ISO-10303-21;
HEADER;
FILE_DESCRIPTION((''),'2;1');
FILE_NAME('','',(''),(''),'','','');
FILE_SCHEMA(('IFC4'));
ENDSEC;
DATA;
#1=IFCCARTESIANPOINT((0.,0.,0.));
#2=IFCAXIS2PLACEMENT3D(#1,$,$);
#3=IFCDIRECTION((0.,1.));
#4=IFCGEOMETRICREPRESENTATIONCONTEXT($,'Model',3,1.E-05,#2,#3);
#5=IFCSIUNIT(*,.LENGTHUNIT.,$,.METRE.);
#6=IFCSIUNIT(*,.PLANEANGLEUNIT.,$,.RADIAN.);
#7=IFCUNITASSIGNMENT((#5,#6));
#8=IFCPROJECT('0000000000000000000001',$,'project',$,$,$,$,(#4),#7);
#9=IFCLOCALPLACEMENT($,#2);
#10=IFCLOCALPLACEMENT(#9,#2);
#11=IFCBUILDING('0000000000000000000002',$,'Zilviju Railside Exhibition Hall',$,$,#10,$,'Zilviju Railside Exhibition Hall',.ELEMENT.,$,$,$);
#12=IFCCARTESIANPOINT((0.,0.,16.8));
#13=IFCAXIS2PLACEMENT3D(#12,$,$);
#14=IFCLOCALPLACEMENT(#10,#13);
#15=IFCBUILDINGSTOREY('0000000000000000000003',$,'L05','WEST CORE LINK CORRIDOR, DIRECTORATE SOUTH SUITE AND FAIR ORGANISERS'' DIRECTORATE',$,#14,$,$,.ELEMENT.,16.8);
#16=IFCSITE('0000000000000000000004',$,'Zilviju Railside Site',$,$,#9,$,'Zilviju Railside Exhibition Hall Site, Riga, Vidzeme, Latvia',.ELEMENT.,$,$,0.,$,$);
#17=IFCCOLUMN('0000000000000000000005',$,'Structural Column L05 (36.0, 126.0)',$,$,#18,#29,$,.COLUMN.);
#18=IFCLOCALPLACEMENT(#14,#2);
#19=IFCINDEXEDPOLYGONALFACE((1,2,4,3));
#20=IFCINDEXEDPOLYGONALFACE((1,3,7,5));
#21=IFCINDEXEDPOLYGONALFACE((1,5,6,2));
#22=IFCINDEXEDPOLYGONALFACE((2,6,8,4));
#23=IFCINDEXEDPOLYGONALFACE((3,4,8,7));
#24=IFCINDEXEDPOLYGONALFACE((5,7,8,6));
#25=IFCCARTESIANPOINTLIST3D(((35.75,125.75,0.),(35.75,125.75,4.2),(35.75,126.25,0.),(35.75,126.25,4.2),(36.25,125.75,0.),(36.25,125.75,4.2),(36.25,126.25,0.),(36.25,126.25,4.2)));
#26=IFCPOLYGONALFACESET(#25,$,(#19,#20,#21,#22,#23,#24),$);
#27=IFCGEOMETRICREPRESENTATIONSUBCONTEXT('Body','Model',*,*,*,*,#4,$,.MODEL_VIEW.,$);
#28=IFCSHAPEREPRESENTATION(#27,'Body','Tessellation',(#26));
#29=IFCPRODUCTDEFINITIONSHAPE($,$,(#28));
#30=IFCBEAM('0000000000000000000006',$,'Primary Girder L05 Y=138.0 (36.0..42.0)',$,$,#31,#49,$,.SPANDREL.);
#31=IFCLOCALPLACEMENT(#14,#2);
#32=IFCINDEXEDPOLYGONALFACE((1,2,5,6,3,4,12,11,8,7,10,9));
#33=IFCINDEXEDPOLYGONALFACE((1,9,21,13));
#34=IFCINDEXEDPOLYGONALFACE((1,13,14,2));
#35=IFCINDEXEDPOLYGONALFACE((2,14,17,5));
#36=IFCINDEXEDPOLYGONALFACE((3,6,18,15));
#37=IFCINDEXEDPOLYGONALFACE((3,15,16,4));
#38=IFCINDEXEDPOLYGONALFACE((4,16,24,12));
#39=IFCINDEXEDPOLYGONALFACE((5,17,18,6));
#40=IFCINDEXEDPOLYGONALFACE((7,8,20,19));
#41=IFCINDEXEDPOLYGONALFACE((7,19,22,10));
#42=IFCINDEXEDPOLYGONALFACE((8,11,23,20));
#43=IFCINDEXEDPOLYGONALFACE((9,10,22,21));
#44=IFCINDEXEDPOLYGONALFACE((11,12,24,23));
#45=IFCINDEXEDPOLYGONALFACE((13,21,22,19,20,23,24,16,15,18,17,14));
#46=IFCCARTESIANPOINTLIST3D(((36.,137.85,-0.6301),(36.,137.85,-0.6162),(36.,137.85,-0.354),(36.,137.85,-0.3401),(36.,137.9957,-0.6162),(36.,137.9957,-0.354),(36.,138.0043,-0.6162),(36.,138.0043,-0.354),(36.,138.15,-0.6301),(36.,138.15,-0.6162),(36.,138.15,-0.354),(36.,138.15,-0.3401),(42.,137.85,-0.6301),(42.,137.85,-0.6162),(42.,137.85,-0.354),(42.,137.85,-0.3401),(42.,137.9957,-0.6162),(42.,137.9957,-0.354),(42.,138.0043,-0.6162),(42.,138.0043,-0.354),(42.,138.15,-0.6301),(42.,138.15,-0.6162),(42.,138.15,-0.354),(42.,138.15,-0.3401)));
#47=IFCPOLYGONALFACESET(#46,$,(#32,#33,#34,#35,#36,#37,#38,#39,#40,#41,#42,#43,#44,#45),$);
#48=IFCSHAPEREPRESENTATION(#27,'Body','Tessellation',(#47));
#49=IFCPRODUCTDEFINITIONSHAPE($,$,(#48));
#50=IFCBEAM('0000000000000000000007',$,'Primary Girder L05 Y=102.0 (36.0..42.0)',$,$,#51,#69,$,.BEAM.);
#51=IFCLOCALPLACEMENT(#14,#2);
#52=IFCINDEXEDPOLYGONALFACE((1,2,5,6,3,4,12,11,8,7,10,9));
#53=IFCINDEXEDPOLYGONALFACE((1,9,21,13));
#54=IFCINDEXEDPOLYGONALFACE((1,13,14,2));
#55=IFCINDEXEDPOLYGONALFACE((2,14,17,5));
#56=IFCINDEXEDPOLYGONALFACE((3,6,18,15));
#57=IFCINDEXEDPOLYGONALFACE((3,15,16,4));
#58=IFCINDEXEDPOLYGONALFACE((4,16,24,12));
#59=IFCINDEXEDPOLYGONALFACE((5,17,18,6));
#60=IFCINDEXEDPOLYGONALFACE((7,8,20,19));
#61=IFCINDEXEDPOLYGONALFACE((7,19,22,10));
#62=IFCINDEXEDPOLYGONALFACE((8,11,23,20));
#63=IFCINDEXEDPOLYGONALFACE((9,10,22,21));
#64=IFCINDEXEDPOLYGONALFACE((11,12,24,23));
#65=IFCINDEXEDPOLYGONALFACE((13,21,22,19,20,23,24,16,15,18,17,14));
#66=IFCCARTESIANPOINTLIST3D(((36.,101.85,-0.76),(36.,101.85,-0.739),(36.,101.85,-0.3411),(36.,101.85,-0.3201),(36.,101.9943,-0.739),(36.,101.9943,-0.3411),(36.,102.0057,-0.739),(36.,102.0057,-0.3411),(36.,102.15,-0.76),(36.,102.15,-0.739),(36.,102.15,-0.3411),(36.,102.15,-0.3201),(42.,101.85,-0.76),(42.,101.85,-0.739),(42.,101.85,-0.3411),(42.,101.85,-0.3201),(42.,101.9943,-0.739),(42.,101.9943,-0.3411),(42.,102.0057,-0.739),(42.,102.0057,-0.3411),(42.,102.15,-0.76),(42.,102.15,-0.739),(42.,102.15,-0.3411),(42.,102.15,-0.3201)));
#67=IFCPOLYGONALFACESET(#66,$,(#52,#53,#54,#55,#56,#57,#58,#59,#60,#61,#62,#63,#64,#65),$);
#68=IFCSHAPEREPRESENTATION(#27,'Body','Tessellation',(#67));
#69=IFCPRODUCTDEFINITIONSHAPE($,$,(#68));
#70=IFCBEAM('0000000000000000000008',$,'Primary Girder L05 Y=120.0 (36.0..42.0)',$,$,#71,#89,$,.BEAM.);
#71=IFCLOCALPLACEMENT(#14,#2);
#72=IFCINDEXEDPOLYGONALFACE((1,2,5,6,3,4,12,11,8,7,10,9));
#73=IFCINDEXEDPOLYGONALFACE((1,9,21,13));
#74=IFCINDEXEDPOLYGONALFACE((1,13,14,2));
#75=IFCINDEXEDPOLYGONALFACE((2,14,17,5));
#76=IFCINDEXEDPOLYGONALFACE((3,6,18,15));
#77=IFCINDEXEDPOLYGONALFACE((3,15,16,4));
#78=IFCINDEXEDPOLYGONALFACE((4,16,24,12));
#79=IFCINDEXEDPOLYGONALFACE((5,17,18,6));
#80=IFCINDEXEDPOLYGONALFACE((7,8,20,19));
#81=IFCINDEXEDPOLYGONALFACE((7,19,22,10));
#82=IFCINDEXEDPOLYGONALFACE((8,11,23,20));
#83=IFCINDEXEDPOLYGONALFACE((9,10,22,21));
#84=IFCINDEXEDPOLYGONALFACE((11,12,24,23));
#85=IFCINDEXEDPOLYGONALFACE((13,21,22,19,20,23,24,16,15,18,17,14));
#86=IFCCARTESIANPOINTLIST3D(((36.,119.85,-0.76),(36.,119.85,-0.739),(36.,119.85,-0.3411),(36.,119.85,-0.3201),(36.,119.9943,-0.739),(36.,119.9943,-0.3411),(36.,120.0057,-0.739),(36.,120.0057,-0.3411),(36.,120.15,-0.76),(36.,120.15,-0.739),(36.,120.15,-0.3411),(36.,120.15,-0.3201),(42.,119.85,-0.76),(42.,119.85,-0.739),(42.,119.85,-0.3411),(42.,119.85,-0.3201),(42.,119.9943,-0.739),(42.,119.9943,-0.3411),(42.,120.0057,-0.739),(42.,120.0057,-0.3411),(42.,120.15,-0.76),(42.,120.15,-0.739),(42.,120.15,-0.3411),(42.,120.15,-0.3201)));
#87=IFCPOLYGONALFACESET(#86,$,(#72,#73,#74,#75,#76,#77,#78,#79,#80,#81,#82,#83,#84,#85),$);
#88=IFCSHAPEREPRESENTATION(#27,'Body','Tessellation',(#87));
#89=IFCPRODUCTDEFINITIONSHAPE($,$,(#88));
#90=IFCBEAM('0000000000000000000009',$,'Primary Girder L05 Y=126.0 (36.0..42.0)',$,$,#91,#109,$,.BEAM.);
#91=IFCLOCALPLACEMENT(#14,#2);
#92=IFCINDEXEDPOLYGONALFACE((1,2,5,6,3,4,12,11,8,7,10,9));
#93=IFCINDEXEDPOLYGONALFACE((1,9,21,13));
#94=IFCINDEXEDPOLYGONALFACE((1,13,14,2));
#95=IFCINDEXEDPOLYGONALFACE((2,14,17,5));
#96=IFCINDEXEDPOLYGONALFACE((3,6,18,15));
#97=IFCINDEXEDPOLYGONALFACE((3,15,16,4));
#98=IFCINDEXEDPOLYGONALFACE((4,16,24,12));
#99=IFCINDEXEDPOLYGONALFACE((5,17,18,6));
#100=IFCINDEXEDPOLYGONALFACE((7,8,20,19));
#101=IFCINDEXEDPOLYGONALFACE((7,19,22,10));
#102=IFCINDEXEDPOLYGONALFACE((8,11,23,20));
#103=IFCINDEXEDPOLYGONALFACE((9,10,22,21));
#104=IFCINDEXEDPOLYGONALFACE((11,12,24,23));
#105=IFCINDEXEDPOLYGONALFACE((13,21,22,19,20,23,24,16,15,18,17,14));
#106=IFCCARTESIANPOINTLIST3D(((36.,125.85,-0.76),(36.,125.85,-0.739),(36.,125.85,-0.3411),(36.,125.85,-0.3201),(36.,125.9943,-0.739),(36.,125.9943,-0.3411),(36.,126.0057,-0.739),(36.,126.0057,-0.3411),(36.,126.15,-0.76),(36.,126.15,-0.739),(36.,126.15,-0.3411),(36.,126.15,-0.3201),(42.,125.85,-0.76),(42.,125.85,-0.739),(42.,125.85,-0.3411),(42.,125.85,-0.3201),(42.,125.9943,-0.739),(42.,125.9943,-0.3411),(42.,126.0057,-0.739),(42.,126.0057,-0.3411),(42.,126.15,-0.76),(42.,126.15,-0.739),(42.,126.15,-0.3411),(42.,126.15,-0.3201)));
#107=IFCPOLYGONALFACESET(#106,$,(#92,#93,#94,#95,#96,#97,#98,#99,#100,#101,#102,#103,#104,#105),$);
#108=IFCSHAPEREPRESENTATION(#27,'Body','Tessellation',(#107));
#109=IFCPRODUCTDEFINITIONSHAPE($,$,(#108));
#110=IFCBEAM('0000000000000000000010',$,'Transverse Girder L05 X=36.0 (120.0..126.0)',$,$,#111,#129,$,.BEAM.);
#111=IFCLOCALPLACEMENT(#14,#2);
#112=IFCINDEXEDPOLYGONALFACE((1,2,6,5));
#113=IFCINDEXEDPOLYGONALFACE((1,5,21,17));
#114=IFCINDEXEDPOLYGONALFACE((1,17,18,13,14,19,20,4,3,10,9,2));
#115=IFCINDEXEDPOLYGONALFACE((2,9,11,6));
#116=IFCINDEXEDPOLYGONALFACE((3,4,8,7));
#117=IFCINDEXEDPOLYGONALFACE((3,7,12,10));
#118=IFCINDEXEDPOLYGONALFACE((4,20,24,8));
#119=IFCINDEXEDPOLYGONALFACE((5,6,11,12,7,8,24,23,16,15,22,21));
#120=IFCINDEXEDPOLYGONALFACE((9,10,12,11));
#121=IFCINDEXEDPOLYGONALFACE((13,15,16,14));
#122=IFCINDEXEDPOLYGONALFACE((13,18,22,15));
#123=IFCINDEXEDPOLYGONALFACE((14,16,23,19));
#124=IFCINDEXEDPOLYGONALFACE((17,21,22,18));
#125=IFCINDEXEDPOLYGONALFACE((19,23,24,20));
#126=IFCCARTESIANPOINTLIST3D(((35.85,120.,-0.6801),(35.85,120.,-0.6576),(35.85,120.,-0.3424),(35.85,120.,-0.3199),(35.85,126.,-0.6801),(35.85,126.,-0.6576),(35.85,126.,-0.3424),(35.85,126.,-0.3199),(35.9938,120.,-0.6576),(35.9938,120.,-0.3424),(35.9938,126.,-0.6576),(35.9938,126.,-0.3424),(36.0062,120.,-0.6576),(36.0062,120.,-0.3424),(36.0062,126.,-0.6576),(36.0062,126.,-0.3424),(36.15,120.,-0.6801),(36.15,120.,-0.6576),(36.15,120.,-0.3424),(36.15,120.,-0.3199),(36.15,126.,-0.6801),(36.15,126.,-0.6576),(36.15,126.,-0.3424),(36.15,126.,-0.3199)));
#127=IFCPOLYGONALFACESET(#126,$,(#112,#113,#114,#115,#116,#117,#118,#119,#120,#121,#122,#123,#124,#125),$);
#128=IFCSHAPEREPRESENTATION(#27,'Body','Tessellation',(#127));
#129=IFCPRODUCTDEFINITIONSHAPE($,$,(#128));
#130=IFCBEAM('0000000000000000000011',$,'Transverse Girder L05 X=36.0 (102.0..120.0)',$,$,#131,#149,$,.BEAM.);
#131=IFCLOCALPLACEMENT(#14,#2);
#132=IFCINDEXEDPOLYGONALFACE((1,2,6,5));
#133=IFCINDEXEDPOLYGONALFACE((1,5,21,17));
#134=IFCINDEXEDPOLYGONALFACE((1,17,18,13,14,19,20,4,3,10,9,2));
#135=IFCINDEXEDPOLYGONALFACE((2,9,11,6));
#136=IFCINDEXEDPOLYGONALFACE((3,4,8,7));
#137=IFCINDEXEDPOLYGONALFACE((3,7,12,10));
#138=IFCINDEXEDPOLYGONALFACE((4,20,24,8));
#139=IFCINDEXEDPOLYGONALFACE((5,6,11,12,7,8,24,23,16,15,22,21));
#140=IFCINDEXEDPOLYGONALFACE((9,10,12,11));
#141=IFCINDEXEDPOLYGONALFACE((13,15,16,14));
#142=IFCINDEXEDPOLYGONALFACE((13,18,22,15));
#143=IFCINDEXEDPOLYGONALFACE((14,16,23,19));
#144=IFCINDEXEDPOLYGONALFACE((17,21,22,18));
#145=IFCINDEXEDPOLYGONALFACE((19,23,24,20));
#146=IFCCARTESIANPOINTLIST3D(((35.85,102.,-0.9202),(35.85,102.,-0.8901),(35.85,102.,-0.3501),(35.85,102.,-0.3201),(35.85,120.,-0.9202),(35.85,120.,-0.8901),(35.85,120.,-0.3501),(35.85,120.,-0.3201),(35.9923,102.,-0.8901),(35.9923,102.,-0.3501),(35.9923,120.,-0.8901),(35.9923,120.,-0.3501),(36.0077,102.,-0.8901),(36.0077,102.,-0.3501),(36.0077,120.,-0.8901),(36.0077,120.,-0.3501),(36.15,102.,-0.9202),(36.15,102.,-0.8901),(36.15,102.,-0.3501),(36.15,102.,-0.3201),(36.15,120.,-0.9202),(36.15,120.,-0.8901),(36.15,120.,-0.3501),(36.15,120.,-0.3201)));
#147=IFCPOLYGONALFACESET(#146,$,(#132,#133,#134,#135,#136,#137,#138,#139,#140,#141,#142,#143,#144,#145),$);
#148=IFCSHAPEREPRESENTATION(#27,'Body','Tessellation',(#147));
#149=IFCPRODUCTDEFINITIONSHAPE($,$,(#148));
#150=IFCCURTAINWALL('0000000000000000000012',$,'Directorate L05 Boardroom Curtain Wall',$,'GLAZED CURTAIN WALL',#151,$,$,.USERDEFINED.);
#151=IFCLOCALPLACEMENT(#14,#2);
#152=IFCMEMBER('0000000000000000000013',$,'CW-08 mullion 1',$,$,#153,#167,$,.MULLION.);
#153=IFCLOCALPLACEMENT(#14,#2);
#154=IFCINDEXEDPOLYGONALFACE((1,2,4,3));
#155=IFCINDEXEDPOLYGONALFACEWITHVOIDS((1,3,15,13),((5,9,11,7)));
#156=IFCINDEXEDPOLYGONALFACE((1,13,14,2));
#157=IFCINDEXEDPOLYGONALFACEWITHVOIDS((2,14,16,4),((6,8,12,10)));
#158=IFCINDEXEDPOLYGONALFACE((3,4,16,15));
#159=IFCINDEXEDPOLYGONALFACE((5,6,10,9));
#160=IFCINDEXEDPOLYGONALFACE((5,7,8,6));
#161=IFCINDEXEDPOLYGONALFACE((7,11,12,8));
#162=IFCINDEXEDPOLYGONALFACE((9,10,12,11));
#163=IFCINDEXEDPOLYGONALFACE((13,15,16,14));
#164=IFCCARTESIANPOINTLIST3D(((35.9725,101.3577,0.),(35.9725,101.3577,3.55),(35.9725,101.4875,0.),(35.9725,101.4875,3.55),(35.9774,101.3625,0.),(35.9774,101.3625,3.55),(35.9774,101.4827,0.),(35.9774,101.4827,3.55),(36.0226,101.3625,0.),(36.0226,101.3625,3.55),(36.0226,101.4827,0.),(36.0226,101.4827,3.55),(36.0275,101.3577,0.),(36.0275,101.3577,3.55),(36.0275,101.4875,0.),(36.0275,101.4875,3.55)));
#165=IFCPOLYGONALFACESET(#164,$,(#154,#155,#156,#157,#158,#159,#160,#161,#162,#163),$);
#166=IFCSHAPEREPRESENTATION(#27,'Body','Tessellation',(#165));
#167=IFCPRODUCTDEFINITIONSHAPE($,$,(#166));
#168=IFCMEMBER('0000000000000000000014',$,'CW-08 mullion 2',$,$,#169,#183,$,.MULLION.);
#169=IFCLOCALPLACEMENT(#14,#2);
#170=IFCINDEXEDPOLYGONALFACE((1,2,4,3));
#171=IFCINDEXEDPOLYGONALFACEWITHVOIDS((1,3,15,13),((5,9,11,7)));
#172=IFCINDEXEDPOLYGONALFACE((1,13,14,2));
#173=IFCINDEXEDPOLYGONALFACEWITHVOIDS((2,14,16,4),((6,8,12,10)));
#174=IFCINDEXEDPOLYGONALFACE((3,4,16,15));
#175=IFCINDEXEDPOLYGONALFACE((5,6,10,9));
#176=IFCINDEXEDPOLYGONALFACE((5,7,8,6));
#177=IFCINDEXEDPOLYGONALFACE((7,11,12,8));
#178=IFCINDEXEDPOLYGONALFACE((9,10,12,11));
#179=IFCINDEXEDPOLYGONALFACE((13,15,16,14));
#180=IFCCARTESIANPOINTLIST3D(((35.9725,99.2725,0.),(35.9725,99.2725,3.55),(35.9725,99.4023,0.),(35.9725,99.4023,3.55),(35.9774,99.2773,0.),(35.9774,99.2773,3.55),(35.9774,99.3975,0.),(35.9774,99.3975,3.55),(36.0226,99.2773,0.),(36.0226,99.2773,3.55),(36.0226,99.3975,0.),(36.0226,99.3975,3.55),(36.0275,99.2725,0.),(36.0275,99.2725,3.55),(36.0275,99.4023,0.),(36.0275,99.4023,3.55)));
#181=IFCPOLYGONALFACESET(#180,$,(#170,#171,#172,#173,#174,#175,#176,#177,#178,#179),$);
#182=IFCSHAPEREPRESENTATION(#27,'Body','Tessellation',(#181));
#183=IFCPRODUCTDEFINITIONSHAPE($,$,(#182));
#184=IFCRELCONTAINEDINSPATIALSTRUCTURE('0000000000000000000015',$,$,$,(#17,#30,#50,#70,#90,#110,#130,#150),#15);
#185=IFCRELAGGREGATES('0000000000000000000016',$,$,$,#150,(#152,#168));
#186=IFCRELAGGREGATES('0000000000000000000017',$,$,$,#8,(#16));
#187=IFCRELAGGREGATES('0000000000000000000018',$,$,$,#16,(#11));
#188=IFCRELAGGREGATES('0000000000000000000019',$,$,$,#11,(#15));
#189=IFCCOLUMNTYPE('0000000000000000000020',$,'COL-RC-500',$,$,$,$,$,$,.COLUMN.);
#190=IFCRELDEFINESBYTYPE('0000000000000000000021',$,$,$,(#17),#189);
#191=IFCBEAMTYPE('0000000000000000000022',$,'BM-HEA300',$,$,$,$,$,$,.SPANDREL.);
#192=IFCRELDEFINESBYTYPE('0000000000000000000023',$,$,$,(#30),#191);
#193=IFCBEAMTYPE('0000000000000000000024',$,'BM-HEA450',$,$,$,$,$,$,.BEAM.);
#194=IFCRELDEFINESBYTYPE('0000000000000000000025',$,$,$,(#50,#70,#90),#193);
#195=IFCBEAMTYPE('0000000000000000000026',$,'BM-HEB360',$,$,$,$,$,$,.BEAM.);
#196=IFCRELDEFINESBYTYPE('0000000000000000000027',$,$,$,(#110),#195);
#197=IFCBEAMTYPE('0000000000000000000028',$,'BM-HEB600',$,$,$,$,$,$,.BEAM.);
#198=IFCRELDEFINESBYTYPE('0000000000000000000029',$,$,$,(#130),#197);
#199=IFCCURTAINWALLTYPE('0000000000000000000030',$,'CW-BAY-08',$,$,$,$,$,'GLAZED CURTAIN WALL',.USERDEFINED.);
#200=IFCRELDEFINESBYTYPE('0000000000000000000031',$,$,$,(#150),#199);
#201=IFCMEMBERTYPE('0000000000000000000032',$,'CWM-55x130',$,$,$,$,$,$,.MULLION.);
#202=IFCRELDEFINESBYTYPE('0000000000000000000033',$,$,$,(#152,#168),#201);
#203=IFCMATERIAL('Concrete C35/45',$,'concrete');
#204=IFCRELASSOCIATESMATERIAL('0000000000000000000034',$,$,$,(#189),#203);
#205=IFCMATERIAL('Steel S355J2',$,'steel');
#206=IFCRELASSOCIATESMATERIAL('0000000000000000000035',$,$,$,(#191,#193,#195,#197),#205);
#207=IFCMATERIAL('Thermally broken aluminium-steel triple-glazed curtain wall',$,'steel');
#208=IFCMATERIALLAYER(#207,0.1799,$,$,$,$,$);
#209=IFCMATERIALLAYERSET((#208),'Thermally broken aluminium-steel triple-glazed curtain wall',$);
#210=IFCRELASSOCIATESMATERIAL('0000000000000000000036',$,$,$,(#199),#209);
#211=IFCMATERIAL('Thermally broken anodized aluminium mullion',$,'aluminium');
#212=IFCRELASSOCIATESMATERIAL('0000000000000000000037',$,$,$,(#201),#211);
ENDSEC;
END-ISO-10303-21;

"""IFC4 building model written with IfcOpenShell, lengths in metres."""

from ifc_helpers import new_model, si_unit, direction, frame, origin, origin_2d, place, context, subcontext, project, spatial, rectangle, hollow_rectangle, i_section, extrude, material, layer, layer_set, material_profile, profile_set, type_object, element, aggregate, save


model = new_model("IFC4")

# Units and contexts
model_context = context("Model", 3, precision=1e-05, world=origin(), true_north=direction((0.0, 1.0)))
body_context = subcontext(model_context, "Body", "Model", "MODEL_VIEW")
ifc_project = project(units=[si_unit("LENGTHUNIT", "METRE"), si_unit("PLANEANGLEUNIT", "RADIAN")], contexts=[model_context])

# Site, building, storey
site_placement = place(None, origin())
site = spatial("IfcSite", under=ifc_project, at=site_placement, Name="Zilviju Railside Site", LongName="Zilviju Railside Exhibition Hall Site, Riga, Vidzeme, Latvia", CompositionType="ELEMENT", RefElevation=0.0)
building_placement = place(site_placement, origin())
building = spatial("IfcBuilding", under=site, at=building_placement, Name="Zilviju Railside Exhibition Hall", LongName="Zilviju Railside Exhibition Hall", CompositionType="ELEMENT")
storey_placement = place(building_placement, frame((0.0, 0.0, 16.8)))
storey = spatial("IfcBuildingStorey", under=building, at=storey_placement, Name="L05", Description="WEST CORE LINK CORRIDOR, DIRECTORATE SOUTH SUITE AND FAIR ORGANISERS' DIRECTORATE", CompositionType="ELEMENT", Elevation=16.8)

# Column
ifc_material_1 = material(Name="Concrete C35/45", Category="concrete")
ifc_material_profile_1 = material_profile(ifc_material_1, rectangle(XDim=0.5, YDim=0.5, at=origin_2d()), Name="RC COL 500x500")
ifc_profile_set_1 = profile_set([ifc_material_profile_1], Name="Concrete C35/45")
column_type = type_object("IfcColumnType", Name="COL-RC-500", PredefinedType="COLUMN", material=ifc_profile_set_1)
column_placement = place(storey_placement, frame((36.0, 126.0, 0.0), z_axis=(0.0, 0.0, 1.0), x_axis=(1.0, 0.0, 0.0)))
element("IfcColumn", 1, at=column_placement, inside=storey, type_object=column_type, Name="Structural Column L05 (36.0, 126.0)", PredefinedType="COLUMN", context=body_context, shape_type="SweptSolid", body=[
    extrude(rectangle(XDim=0.5, YDim=0.5, at=origin_2d()), origin(), (0.0, 0.0, 1.0), 4.2),
])

# Beams
ifc_material_2 = material(Name="Steel S355J2", Category="steel")
ifc_material_profile_2 = material_profile(ifc_material_2, i_section(OverallWidth=0.3, OverallDepth=0.29, WebThickness=0.0085, FlangeThickness=0.0139, at=origin_2d()), Name="HEA 300")
ifc_profile_set_2 = profile_set([ifc_material_profile_2], Name="Steel S355J2")
beam_type_1 = type_object("IfcBeamType", Name="BM-HEA300", PredefinedType="SPANDREL", material=ifc_profile_set_2)
beam_1_placement = place(storey_placement, frame((36.0, 138.0, -0.4851), z_axis=(1.0, 0.0, 0.0), x_axis=(0.0, 1.0, 0.0)))
element("IfcBeam", 2, at=beam_1_placement, inside=storey, type_object=beam_type_1, Name="Primary Girder L05 Y=138.0 (36.0..42.0)", PredefinedType="SPANDREL", context=body_context, shape_type="SweptSolid", body=[
    extrude(i_section(OverallWidth=0.3, OverallDepth=0.29, WebThickness=0.0085, FlangeThickness=0.0139, at=origin_2d()), origin(), (0.0, 0.0, 1.0), 6.0),
])
ifc_material_profile_3 = material_profile(ifc_material_2, i_section(OverallWidth=0.3, OverallDepth=0.4399, WebThickness=0.0115, FlangeThickness=0.021, at=origin_2d()), Name="HEA 450")
ifc_profile_set_3 = profile_set([ifc_material_profile_3], Name="Steel S355J2")
beam_type_2 = type_object("IfcBeamType", Name="BM-HEA450", PredefinedType="BEAM", material=ifc_profile_set_3)
for number, where, z_axis, x_axis, name in (
    (3, (36.0, 102.0, -0.54), (1.0, 0.0, 0.0), (0.0, 1.0, 0.0), "Primary Girder L05 Y=102.0 (36.0..42.0)"),
    (4, (36.0, 120.0, -0.54), (1.0, 0.0, 0.0), (0.0, 1.0, 0.0), "Primary Girder L05 Y=120.0 (36.0..42.0)"),
    (5, (36.0, 126.0, -0.54), (1.0, 0.0, 0.0), (0.0, 1.0, 0.0), "Primary Girder L05 Y=126.0 (36.0..42.0)"),
):
    element("IfcBeam", number, at=place(storey_placement, frame(where, z_axis=z_axis, x_axis=x_axis)), inside=storey, type_object=beam_type_2, Name=name, PredefinedType="BEAM", context=body_context, shape_type="SweptSolid", body=[
        extrude(i_section(OverallWidth=0.3, OverallDepth=0.4399, WebThickness=0.0115, FlangeThickness=0.021, at=origin_2d()), origin(), (0.0, 0.0, 1.0), 6.0),
    ])
ifc_material_profile_4 = material_profile(ifc_material_2, i_section(OverallWidth=0.3, OverallDepth=0.3601, WebThickness=0.0125, FlangeThickness=0.0225, at=origin_2d()), Name="HEB 360")
ifc_profile_set_4 = profile_set([ifc_material_profile_4], Name="Steel S355J2")
beam_type_3 = type_object("IfcBeamType", Name="BM-HEB360", PredefinedType="BEAM", material=ifc_profile_set_4)
beam_2_placement = place(storey_placement, frame((36.0, 120.0, -0.5), z_axis=(0.0, 1.0, 0.0), x_axis=(-1.0, 0.0, 0.0)))
element("IfcBeam", 6, at=beam_2_placement, inside=storey, type_object=beam_type_3, Name="Transverse Girder L05 X=36.0 (120.0..126.0)", PredefinedType="BEAM", context=body_context, shape_type="SweptSolid", body=[
    extrude(i_section(OverallWidth=0.3, OverallDepth=0.3601, WebThickness=0.0125, FlangeThickness=0.0225, at=origin_2d()), origin(), (0.0, 0.0, 1.0), 6.0),
])
ifc_material_profile_5 = material_profile(ifc_material_2, i_section(OverallWidth=0.3, OverallDepth=0.6001, WebThickness=0.0154, FlangeThickness=0.03, at=origin_2d()), Name="HEB 600")
ifc_profile_set_5 = profile_set([ifc_material_profile_5], Name="Steel S355J2")
beam_type_4 = type_object("IfcBeamType", Name="BM-HEB600", PredefinedType="BEAM", material=ifc_profile_set_5)
beam_3_placement = place(storey_placement, frame((36.0, 102.0, -0.6201), z_axis=(0.0, 1.0, 0.0), x_axis=(-1.0, 0.0, 0.0)))
element("IfcBeam", 7, at=beam_3_placement, inside=storey, type_object=beam_type_4, Name="Transverse Girder L05 X=36.0 (102.0..120.0)", PredefinedType="BEAM", context=body_context, shape_type="SweptSolid", body=[
    extrude(i_section(OverallWidth=0.3, OverallDepth=0.6001, WebThickness=0.0154, FlangeThickness=0.03, at=origin_2d()), origin(), (0.0, 0.0, 1.0), 18.0),
])

# Curtain wall, members
ifc_material_3 = material(Name="Thermally broken aluminium-steel triple-glazed curtain wall", Category="steel")
ifc_layer_1 = layer(ifc_material_3, 0.1799)
ifc_layer_set_1 = layer_set([ifc_layer_1], Name="Thermally broken aluminium-steel triple-glazed curtain wall")
curtain_wall_type = type_object("IfcCurtainWallType", Name="CW-BAY-08", ElementType="GLAZED CURTAIN WALL", PredefinedType="USERDEFINED", material=ifc_layer_set_1)
curtain_wall_placement = place(storey_placement, origin())
curtain_wall = element("IfcCurtainWall", 8, at=curtain_wall_placement, inside=storey, type_object=curtain_wall_type, Name="Directorate L05 Boardroom Curtain Wall", ObjectType="GLAZED CURTAIN WALL", PredefinedType="USERDEFINED")
ifc_material_4 = material(Name="Thermally broken anodized aluminium mullion", Category="aluminium")
ifc_material_profile_6 = material_profile(ifc_material_4, hollow_rectangle(XDim=0.0549, YDim=0.1299, WallThickness=0.0049, at=origin_2d()), Name="MULLION 130x55x5")
ifc_profile_set_6 = profile_set([ifc_material_profile_6], Name="Thermally broken anodized aluminium mullion")
member_type_1 = type_object("IfcMemberType", Name="CWM-55x130", PredefinedType="MULLION", material=ifc_profile_set_6)
member_1_placement = place(storey_placement, frame((36.0, 101.4226, 0.0), z_axis=(0.0, 0.0, 1.0), x_axis=(1.0, 0.0, 0.0)))
member_1 = element("IfcMember", 9, at=member_1_placement, type_object=member_type_1, Name="CW-08 mullion 1", PredefinedType="MULLION", context=body_context, shape_type="SweptSolid", body=[
    extrude(hollow_rectangle(XDim=0.0549, YDim=0.1299, WallThickness=0.0049, at=origin_2d()), origin(), (0.0, 0.0, 1.0), 3.55),
])
member_2_placement = place(storey_placement, frame((36.0, 99.3374, 0.0), z_axis=(0.0, 0.0, 1.0), x_axis=(1.0, 0.0, 0.0)))
member_2 = element("IfcMember", 10, at=member_2_placement, type_object=member_type_1, Name="CW-08 mullion 2", PredefinedType="MULLION", context=body_context, shape_type="SweptSolid", body=[
    extrude(hollow_rectangle(XDim=0.0549, YDim=0.1299, WallThickness=0.0049, at=origin_2d()), origin(), (0.0, 0.0, 1.0), 3.55),
])
aggregate(curtain_wall, [member_1, member_2])

save(model, "model.ifc")
